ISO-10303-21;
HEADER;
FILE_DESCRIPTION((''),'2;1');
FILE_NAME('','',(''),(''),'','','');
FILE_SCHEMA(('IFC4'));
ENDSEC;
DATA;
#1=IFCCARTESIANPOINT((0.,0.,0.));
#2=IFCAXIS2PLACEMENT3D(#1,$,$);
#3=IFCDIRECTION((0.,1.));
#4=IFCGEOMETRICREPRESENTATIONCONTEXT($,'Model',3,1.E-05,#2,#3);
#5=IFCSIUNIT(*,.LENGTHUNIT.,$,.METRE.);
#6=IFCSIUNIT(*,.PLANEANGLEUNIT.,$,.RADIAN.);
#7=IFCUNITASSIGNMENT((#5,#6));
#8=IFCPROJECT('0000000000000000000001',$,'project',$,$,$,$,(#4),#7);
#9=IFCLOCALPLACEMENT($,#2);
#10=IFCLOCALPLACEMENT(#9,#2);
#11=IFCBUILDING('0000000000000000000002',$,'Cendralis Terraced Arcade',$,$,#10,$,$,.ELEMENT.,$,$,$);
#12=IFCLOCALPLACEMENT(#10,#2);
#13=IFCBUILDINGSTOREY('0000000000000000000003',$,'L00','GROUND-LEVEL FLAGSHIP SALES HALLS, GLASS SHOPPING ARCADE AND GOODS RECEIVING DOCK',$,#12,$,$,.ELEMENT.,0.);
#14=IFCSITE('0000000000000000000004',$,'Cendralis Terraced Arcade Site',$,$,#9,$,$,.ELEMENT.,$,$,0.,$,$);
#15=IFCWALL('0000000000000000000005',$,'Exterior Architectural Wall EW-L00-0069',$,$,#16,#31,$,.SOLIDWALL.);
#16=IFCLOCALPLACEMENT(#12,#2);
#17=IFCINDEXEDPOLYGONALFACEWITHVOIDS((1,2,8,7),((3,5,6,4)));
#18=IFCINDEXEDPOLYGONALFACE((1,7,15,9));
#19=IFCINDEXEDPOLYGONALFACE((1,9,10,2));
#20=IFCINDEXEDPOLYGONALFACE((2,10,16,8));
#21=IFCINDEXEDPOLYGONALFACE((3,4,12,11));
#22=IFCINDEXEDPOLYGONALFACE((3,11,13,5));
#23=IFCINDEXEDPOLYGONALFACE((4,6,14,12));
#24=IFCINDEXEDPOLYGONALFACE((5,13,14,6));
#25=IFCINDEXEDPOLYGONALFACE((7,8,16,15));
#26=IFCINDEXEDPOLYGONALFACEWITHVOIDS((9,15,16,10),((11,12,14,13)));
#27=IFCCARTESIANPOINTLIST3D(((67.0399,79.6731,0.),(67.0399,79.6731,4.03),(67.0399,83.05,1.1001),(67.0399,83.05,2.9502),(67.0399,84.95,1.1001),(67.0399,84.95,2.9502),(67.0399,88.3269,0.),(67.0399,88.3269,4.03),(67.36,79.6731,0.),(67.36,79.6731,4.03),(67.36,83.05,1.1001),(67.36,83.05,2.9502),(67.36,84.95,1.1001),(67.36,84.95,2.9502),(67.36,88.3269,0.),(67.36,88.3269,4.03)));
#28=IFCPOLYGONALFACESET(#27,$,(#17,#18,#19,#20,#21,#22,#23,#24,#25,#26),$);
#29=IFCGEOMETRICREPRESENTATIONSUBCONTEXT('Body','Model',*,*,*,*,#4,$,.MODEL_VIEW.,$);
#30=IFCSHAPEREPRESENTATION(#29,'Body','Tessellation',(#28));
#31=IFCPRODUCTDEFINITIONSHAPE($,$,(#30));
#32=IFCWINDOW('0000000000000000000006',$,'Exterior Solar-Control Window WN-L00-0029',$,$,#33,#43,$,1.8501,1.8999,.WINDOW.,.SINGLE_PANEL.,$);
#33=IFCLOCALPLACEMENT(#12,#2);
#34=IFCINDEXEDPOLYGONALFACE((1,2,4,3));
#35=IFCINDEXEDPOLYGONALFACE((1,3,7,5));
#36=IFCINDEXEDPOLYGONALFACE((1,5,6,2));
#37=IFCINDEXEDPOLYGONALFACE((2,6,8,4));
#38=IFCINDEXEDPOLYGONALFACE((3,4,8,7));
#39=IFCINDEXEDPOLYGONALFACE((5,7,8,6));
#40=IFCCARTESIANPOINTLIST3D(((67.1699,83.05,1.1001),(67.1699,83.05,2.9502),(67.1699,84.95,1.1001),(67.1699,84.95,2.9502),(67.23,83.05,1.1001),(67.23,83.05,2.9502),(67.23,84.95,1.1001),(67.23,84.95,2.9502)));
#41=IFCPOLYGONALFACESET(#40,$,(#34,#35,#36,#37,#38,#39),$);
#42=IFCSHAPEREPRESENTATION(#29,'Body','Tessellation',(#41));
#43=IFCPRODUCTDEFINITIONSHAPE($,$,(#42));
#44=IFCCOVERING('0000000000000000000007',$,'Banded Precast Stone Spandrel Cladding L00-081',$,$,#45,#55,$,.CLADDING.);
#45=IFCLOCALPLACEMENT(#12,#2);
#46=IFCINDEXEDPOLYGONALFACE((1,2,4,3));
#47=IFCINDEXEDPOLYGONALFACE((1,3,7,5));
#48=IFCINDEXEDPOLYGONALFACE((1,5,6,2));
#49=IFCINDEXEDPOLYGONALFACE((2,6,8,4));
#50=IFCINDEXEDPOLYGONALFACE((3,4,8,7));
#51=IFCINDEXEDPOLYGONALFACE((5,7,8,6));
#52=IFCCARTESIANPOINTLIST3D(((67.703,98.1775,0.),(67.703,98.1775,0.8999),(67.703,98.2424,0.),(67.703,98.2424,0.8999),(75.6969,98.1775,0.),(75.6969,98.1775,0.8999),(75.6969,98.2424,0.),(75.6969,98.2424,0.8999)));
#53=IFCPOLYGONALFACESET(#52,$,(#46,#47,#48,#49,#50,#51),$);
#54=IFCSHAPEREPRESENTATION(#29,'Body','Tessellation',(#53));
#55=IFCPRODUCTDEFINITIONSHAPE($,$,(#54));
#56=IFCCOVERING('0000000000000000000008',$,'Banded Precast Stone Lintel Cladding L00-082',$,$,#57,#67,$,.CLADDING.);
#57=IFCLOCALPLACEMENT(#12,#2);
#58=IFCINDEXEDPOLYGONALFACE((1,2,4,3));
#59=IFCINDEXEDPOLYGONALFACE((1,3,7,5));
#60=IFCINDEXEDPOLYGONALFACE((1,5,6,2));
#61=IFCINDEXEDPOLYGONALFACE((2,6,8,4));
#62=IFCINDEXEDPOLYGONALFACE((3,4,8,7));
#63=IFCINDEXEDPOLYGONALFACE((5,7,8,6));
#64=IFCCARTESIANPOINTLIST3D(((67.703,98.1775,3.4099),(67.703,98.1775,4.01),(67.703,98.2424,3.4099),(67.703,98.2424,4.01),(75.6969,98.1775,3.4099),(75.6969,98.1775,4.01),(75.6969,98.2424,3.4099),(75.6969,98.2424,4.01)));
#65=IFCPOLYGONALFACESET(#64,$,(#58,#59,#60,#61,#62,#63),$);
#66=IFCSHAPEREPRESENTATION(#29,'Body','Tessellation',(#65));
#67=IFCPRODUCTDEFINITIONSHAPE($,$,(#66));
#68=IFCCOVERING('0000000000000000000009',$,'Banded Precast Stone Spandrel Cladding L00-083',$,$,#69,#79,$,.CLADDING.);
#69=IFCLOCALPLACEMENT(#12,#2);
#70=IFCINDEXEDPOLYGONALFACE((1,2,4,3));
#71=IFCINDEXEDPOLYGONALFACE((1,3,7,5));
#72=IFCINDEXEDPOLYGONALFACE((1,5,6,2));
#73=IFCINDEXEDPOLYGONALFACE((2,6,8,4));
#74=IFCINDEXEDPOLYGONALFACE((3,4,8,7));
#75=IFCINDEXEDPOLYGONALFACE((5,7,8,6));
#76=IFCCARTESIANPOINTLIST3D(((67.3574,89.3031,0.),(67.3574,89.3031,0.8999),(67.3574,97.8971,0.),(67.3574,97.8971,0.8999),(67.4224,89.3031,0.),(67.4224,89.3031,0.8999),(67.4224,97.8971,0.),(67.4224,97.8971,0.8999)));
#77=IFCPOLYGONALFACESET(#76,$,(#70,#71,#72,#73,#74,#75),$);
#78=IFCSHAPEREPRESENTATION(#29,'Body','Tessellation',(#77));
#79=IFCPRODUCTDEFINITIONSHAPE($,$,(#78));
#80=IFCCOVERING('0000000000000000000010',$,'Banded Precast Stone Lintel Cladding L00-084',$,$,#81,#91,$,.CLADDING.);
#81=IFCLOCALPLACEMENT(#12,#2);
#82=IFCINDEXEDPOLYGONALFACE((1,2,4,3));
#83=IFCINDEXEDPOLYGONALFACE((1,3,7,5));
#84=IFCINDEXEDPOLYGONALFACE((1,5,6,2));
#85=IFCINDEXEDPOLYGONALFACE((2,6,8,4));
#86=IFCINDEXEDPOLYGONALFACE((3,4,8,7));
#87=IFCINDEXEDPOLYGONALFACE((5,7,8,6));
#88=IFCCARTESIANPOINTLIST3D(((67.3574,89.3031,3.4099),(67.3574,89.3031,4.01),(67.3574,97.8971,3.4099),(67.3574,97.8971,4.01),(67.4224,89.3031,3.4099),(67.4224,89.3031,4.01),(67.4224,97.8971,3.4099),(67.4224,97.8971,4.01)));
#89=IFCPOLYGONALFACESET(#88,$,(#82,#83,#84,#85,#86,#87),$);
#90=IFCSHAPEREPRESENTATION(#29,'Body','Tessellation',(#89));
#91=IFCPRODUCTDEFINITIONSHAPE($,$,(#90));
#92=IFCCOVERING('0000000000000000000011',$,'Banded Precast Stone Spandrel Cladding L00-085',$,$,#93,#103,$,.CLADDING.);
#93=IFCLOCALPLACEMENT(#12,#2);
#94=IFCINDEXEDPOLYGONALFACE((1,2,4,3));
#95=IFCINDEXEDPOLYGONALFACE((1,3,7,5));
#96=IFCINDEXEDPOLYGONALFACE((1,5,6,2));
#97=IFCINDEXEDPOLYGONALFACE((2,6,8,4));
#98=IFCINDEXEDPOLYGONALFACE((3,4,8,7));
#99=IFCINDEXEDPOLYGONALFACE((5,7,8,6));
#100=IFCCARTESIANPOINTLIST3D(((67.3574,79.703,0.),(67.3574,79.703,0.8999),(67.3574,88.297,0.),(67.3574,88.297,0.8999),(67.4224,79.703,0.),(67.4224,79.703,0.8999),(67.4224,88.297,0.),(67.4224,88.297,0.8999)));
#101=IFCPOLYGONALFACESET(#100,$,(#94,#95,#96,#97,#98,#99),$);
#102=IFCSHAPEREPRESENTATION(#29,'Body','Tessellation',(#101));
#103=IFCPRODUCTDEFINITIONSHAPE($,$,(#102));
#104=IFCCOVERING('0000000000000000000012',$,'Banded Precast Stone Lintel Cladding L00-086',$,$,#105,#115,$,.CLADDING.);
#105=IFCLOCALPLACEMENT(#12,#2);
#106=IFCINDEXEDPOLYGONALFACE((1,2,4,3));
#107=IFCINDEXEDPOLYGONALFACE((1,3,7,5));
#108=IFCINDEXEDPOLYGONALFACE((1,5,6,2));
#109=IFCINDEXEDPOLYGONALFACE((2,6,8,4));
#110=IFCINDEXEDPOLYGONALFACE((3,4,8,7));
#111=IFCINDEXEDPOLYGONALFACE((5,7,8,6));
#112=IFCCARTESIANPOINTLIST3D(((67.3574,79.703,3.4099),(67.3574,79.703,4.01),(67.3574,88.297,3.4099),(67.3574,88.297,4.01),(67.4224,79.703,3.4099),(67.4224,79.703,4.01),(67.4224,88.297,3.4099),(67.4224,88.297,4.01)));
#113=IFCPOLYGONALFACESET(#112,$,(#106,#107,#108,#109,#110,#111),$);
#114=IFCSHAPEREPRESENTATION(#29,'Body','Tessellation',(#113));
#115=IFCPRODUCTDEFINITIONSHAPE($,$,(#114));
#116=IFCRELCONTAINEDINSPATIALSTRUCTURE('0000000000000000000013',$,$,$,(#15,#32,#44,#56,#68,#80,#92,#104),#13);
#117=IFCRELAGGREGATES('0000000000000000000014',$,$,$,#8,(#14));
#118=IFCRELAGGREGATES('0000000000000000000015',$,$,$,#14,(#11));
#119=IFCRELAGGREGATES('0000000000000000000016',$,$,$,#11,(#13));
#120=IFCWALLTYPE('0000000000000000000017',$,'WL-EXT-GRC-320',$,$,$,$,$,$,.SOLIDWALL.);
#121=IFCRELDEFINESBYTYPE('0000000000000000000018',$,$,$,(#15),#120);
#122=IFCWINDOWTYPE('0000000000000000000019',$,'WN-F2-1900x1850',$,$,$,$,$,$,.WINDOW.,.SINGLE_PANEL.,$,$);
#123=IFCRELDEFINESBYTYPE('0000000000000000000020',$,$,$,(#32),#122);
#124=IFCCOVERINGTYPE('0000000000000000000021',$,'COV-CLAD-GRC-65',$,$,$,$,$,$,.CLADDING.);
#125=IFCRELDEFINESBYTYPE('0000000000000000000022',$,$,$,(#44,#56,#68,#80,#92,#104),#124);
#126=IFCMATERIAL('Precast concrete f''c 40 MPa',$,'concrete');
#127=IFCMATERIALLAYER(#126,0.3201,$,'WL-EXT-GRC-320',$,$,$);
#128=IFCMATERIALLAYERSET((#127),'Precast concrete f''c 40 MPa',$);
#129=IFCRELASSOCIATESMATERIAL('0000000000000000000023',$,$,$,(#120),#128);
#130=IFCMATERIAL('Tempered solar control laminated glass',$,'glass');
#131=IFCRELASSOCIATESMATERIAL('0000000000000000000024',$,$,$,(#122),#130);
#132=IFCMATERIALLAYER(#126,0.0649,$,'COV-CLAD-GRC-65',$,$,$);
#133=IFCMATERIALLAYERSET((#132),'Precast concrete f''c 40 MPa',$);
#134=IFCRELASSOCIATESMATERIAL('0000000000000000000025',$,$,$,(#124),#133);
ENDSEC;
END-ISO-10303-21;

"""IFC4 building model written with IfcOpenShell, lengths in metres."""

from ifc_helpers import new_model, si_unit, direction, frame, frame_2d, origin, origin_2d, place, context, subcontext, project, spatial, rectangle, extrude, material, layer, layer_set, type_object, element, fill, save


model = new_model("IFC4")

# Units and contexts
model_context = context("Model", 3, precision=1e-05, world=origin(), true_north=direction((0.0, 1.0)))
body_context = subcontext(model_context, "Body", "Model", "MODEL_VIEW")
ifc_project = project(units=[si_unit("LENGTHUNIT", "METRE"), si_unit("PLANEANGLEUNIT", "RADIAN")], contexts=[model_context])

# Site, building, storey
site_placement = place(None, origin())
site = spatial("IfcSite", under=ifc_project, at=site_placement, Name="Cendralis Terraced Arcade Site", CompositionType="ELEMENT", RefElevation=0.0)
building_placement = place(site_placement, origin())
building = spatial("IfcBuilding", under=site, at=building_placement, Name="Cendralis Terraced Arcade", CompositionType="ELEMENT")
storey_placement = place(building_placement, origin())
storey = spatial("IfcBuildingStorey", under=building, at=storey_placement, Name="L00", Description="GROUND-LEVEL FLAGSHIP SALES HALLS, GLASS SHOPPING ARCADE AND GOODS RECEIVING DOCK", CompositionType="ELEMENT", Elevation=0.0)

# Wall, opening, window
ifc_material_1 = material(Name="Precast concrete f'c 40 MPa", Category="concrete")
ifc_layer_1 = layer(ifc_material_1, 0.3201, Name="WL-EXT-GRC-320")
ifc_layer_set_1 = layer_set([ifc_layer_1], Name="Precast concrete f'c 40 MPa")
wall_type = type_object("IfcWallType", Name="WL-EXT-GRC-320", PredefinedType="SOLIDWALL", material=ifc_layer_set_1)
ifc_material_2 = material(Name="Tempered solar control laminated glass", Category="glass")
wall_1_placement = place(storey_placement, frame((67.2, 88.3269, 0.0), z_axis=(0.0, 0.0, 1.0), x_axis=(0.0, -1.0, 0.0)))
wall_1 = element("IfcWall", 1, at=wall_1_placement, inside=storey, type_object=wall_type, Name="Exterior Architectural Wall EW-L00-0069", PredefinedType="SOLIDWALL", context=body_context, shape_type="SweptSolid", body=[
    extrude(rectangle(XDim=8.6538, YDim=0.3201, at=frame_2d((4.3269, 0.0))), origin(), (0.0, 0.0, 1.0), 4.03),
])
opening_1_placement = place(wall_1_placement, frame((3.377, 0.0, 1.1001)))
opening_1 = element("IfcOpeningElement", 2, at=opening_1_placement, cuts=wall_1, PredefinedType="OPENING", context=body_context, shape_type="SweptSolid", body=[
    extrude(rectangle(XDim=1.8999, YDim=1.8501, at=frame_2d((0.95, 0.925))), frame((0.0, 0.1719, 0.0), z_axis=(0.0, -1.0, 0.0), x_axis=(1.0, 0.0, 0.0)), (0.0, 0.0, 1.0), 0.344),
])
window_type_1 = type_object("IfcWindowType", Name="WN-F2-1900x1850", PartitioningType="SINGLE_PANEL", PredefinedType="WINDOW", material=ifc_material_2)
window_1_placement = place(opening_1_placement, origin())
window_1 = element("IfcWindow", 3, at=window_1_placement, inside=storey, type_object=window_type_1, Name="Exterior Solar-Control Window WN-L00-0029", OverallHeight=1.8501, OverallWidth=1.8999, PartitioningType="SINGLE_PANEL", PredefinedType="WINDOW", context=body_context, shape_type="SweptSolid", body=[
    extrude(rectangle(XDim=1.8999, YDim=1.8501, at=frame_2d((0.95, 0.925))), frame((0.0, 0.03, 0.0), z_axis=(0.0, -1.0, 0.0), x_axis=(1.0, 0.0, 0.0)), (0.0, 0.0, 1.0), 0.0601),
])
fill(opening_1, window_1)

# Coverings
ifc_layer_2 = layer(ifc_material_1, 0.0649, Name="COV-CLAD-GRC-65")
ifc_layer_set_2 = layer_set([ifc_layer_2], Name="Precast concrete f'c 40 MPa")
covering_type = type_object("IfcCoveringType", Name="COV-CLAD-GRC-65", PredefinedType="CLADDING", material=ifc_layer_set_2)
covering_1_placement = place(storey_placement, frame((71.7, 98.21, 0.0), z_axis=(0.0, 0.0, 1.0), x_axis=(-1.0, 0.0, 0.0)))
element("IfcCovering", 4, at=covering_1_placement, inside=storey, type_object=covering_type, Name="Banded Precast Stone Spandrel Cladding L00-081", PredefinedType="CLADDING", context=body_context, shape_type="SweptSolid", body=[
    extrude(rectangle(XDim=7.9939, YDim=0.0649, at=origin_2d()), origin(), (0.0, 0.0, 1.0), 0.8999),
])
covering_2_placement = place(storey_placement, frame((71.7, 98.21, 3.4099), z_axis=(0.0, 0.0, 1.0), x_axis=(-1.0, 0.0, 0.0)))
element("IfcCovering", 5, at=covering_2_placement, inside=storey, type_object=covering_type, Name="Banded Precast Stone Lintel Cladding L00-082", PredefinedType="CLADDING", context=body_context, shape_type="SweptSolid", body=[
    extrude(rectangle(XDim=7.9939, YDim=0.0649, at=origin_2d()), origin(), (0.0, 0.0, 1.0), 0.6001),
])
covering_3_placement = place(storey_placement, frame((67.3899, 93.6001, 0.0), z_axis=(0.0, 0.0, 1.0), x_axis=(0.0, -1.0, 0.0)))
element("IfcCovering", 6, at=covering_3_placement, inside=storey, type_object=covering_type, Name="Banded Precast Stone Spandrel Cladding L00-083", PredefinedType="CLADDING", context=body_context, shape_type="SweptSolid", body=[
    extrude(rectangle(XDim=8.594, YDim=0.0649, at=origin_2d()), origin(), (0.0, 0.0, 1.0), 0.8999),
])
covering_4_placement = place(storey_placement, frame((67.3899, 93.6001, 3.4099), z_axis=(0.0, 0.0, 1.0), x_axis=(0.0, -1.0, 0.0)))
element("IfcCovering", 7, at=covering_4_placement, inside=storey, type_object=covering_type, Name="Banded Precast Stone Lintel Cladding L00-084", PredefinedType="CLADDING", context=body_context, shape_type="SweptSolid", body=[
    extrude(rectangle(XDim=8.594, YDim=0.0649, at=origin_2d()), origin(), (0.0, 0.0, 1.0), 0.6001),
])
covering_5_placement = place(storey_placement, frame((67.3899, 84.0, 0.0), z_axis=(0.0, 0.0, 1.0), x_axis=(0.0, -1.0, 0.0)))
element("IfcCovering", 8, at=covering_5_placement, inside=storey, type_object=covering_type, Name="Banded Precast Stone Spandrel Cladding L00-085", PredefinedType="CLADDING", context=body_context, shape_type="SweptSolid", body=[
    extrude(rectangle(XDim=8.594, YDim=0.0649, at=origin_2d()), origin(), (0.0, 0.0, 1.0), 0.8999),
])
covering_6_placement = place(storey_placement, frame((67.3899, 84.0, 3.4099), z_axis=(0.0, 0.0, 1.0), x_axis=(0.0, -1.0, 0.0)))
element("IfcCovering", 9, at=covering_6_placement, inside=storey, type_object=covering_type, Name="Banded Precast Stone Lintel Cladding L00-086", PredefinedType="CLADDING", context=body_context, shape_type="SweptSolid", body=[
    extrude(rectangle(XDim=8.594, YDim=0.0649, at=origin_2d()), origin(), (0.0, 0.0, 1.0), 0.6001),
])

save(model, "model.ifc")
